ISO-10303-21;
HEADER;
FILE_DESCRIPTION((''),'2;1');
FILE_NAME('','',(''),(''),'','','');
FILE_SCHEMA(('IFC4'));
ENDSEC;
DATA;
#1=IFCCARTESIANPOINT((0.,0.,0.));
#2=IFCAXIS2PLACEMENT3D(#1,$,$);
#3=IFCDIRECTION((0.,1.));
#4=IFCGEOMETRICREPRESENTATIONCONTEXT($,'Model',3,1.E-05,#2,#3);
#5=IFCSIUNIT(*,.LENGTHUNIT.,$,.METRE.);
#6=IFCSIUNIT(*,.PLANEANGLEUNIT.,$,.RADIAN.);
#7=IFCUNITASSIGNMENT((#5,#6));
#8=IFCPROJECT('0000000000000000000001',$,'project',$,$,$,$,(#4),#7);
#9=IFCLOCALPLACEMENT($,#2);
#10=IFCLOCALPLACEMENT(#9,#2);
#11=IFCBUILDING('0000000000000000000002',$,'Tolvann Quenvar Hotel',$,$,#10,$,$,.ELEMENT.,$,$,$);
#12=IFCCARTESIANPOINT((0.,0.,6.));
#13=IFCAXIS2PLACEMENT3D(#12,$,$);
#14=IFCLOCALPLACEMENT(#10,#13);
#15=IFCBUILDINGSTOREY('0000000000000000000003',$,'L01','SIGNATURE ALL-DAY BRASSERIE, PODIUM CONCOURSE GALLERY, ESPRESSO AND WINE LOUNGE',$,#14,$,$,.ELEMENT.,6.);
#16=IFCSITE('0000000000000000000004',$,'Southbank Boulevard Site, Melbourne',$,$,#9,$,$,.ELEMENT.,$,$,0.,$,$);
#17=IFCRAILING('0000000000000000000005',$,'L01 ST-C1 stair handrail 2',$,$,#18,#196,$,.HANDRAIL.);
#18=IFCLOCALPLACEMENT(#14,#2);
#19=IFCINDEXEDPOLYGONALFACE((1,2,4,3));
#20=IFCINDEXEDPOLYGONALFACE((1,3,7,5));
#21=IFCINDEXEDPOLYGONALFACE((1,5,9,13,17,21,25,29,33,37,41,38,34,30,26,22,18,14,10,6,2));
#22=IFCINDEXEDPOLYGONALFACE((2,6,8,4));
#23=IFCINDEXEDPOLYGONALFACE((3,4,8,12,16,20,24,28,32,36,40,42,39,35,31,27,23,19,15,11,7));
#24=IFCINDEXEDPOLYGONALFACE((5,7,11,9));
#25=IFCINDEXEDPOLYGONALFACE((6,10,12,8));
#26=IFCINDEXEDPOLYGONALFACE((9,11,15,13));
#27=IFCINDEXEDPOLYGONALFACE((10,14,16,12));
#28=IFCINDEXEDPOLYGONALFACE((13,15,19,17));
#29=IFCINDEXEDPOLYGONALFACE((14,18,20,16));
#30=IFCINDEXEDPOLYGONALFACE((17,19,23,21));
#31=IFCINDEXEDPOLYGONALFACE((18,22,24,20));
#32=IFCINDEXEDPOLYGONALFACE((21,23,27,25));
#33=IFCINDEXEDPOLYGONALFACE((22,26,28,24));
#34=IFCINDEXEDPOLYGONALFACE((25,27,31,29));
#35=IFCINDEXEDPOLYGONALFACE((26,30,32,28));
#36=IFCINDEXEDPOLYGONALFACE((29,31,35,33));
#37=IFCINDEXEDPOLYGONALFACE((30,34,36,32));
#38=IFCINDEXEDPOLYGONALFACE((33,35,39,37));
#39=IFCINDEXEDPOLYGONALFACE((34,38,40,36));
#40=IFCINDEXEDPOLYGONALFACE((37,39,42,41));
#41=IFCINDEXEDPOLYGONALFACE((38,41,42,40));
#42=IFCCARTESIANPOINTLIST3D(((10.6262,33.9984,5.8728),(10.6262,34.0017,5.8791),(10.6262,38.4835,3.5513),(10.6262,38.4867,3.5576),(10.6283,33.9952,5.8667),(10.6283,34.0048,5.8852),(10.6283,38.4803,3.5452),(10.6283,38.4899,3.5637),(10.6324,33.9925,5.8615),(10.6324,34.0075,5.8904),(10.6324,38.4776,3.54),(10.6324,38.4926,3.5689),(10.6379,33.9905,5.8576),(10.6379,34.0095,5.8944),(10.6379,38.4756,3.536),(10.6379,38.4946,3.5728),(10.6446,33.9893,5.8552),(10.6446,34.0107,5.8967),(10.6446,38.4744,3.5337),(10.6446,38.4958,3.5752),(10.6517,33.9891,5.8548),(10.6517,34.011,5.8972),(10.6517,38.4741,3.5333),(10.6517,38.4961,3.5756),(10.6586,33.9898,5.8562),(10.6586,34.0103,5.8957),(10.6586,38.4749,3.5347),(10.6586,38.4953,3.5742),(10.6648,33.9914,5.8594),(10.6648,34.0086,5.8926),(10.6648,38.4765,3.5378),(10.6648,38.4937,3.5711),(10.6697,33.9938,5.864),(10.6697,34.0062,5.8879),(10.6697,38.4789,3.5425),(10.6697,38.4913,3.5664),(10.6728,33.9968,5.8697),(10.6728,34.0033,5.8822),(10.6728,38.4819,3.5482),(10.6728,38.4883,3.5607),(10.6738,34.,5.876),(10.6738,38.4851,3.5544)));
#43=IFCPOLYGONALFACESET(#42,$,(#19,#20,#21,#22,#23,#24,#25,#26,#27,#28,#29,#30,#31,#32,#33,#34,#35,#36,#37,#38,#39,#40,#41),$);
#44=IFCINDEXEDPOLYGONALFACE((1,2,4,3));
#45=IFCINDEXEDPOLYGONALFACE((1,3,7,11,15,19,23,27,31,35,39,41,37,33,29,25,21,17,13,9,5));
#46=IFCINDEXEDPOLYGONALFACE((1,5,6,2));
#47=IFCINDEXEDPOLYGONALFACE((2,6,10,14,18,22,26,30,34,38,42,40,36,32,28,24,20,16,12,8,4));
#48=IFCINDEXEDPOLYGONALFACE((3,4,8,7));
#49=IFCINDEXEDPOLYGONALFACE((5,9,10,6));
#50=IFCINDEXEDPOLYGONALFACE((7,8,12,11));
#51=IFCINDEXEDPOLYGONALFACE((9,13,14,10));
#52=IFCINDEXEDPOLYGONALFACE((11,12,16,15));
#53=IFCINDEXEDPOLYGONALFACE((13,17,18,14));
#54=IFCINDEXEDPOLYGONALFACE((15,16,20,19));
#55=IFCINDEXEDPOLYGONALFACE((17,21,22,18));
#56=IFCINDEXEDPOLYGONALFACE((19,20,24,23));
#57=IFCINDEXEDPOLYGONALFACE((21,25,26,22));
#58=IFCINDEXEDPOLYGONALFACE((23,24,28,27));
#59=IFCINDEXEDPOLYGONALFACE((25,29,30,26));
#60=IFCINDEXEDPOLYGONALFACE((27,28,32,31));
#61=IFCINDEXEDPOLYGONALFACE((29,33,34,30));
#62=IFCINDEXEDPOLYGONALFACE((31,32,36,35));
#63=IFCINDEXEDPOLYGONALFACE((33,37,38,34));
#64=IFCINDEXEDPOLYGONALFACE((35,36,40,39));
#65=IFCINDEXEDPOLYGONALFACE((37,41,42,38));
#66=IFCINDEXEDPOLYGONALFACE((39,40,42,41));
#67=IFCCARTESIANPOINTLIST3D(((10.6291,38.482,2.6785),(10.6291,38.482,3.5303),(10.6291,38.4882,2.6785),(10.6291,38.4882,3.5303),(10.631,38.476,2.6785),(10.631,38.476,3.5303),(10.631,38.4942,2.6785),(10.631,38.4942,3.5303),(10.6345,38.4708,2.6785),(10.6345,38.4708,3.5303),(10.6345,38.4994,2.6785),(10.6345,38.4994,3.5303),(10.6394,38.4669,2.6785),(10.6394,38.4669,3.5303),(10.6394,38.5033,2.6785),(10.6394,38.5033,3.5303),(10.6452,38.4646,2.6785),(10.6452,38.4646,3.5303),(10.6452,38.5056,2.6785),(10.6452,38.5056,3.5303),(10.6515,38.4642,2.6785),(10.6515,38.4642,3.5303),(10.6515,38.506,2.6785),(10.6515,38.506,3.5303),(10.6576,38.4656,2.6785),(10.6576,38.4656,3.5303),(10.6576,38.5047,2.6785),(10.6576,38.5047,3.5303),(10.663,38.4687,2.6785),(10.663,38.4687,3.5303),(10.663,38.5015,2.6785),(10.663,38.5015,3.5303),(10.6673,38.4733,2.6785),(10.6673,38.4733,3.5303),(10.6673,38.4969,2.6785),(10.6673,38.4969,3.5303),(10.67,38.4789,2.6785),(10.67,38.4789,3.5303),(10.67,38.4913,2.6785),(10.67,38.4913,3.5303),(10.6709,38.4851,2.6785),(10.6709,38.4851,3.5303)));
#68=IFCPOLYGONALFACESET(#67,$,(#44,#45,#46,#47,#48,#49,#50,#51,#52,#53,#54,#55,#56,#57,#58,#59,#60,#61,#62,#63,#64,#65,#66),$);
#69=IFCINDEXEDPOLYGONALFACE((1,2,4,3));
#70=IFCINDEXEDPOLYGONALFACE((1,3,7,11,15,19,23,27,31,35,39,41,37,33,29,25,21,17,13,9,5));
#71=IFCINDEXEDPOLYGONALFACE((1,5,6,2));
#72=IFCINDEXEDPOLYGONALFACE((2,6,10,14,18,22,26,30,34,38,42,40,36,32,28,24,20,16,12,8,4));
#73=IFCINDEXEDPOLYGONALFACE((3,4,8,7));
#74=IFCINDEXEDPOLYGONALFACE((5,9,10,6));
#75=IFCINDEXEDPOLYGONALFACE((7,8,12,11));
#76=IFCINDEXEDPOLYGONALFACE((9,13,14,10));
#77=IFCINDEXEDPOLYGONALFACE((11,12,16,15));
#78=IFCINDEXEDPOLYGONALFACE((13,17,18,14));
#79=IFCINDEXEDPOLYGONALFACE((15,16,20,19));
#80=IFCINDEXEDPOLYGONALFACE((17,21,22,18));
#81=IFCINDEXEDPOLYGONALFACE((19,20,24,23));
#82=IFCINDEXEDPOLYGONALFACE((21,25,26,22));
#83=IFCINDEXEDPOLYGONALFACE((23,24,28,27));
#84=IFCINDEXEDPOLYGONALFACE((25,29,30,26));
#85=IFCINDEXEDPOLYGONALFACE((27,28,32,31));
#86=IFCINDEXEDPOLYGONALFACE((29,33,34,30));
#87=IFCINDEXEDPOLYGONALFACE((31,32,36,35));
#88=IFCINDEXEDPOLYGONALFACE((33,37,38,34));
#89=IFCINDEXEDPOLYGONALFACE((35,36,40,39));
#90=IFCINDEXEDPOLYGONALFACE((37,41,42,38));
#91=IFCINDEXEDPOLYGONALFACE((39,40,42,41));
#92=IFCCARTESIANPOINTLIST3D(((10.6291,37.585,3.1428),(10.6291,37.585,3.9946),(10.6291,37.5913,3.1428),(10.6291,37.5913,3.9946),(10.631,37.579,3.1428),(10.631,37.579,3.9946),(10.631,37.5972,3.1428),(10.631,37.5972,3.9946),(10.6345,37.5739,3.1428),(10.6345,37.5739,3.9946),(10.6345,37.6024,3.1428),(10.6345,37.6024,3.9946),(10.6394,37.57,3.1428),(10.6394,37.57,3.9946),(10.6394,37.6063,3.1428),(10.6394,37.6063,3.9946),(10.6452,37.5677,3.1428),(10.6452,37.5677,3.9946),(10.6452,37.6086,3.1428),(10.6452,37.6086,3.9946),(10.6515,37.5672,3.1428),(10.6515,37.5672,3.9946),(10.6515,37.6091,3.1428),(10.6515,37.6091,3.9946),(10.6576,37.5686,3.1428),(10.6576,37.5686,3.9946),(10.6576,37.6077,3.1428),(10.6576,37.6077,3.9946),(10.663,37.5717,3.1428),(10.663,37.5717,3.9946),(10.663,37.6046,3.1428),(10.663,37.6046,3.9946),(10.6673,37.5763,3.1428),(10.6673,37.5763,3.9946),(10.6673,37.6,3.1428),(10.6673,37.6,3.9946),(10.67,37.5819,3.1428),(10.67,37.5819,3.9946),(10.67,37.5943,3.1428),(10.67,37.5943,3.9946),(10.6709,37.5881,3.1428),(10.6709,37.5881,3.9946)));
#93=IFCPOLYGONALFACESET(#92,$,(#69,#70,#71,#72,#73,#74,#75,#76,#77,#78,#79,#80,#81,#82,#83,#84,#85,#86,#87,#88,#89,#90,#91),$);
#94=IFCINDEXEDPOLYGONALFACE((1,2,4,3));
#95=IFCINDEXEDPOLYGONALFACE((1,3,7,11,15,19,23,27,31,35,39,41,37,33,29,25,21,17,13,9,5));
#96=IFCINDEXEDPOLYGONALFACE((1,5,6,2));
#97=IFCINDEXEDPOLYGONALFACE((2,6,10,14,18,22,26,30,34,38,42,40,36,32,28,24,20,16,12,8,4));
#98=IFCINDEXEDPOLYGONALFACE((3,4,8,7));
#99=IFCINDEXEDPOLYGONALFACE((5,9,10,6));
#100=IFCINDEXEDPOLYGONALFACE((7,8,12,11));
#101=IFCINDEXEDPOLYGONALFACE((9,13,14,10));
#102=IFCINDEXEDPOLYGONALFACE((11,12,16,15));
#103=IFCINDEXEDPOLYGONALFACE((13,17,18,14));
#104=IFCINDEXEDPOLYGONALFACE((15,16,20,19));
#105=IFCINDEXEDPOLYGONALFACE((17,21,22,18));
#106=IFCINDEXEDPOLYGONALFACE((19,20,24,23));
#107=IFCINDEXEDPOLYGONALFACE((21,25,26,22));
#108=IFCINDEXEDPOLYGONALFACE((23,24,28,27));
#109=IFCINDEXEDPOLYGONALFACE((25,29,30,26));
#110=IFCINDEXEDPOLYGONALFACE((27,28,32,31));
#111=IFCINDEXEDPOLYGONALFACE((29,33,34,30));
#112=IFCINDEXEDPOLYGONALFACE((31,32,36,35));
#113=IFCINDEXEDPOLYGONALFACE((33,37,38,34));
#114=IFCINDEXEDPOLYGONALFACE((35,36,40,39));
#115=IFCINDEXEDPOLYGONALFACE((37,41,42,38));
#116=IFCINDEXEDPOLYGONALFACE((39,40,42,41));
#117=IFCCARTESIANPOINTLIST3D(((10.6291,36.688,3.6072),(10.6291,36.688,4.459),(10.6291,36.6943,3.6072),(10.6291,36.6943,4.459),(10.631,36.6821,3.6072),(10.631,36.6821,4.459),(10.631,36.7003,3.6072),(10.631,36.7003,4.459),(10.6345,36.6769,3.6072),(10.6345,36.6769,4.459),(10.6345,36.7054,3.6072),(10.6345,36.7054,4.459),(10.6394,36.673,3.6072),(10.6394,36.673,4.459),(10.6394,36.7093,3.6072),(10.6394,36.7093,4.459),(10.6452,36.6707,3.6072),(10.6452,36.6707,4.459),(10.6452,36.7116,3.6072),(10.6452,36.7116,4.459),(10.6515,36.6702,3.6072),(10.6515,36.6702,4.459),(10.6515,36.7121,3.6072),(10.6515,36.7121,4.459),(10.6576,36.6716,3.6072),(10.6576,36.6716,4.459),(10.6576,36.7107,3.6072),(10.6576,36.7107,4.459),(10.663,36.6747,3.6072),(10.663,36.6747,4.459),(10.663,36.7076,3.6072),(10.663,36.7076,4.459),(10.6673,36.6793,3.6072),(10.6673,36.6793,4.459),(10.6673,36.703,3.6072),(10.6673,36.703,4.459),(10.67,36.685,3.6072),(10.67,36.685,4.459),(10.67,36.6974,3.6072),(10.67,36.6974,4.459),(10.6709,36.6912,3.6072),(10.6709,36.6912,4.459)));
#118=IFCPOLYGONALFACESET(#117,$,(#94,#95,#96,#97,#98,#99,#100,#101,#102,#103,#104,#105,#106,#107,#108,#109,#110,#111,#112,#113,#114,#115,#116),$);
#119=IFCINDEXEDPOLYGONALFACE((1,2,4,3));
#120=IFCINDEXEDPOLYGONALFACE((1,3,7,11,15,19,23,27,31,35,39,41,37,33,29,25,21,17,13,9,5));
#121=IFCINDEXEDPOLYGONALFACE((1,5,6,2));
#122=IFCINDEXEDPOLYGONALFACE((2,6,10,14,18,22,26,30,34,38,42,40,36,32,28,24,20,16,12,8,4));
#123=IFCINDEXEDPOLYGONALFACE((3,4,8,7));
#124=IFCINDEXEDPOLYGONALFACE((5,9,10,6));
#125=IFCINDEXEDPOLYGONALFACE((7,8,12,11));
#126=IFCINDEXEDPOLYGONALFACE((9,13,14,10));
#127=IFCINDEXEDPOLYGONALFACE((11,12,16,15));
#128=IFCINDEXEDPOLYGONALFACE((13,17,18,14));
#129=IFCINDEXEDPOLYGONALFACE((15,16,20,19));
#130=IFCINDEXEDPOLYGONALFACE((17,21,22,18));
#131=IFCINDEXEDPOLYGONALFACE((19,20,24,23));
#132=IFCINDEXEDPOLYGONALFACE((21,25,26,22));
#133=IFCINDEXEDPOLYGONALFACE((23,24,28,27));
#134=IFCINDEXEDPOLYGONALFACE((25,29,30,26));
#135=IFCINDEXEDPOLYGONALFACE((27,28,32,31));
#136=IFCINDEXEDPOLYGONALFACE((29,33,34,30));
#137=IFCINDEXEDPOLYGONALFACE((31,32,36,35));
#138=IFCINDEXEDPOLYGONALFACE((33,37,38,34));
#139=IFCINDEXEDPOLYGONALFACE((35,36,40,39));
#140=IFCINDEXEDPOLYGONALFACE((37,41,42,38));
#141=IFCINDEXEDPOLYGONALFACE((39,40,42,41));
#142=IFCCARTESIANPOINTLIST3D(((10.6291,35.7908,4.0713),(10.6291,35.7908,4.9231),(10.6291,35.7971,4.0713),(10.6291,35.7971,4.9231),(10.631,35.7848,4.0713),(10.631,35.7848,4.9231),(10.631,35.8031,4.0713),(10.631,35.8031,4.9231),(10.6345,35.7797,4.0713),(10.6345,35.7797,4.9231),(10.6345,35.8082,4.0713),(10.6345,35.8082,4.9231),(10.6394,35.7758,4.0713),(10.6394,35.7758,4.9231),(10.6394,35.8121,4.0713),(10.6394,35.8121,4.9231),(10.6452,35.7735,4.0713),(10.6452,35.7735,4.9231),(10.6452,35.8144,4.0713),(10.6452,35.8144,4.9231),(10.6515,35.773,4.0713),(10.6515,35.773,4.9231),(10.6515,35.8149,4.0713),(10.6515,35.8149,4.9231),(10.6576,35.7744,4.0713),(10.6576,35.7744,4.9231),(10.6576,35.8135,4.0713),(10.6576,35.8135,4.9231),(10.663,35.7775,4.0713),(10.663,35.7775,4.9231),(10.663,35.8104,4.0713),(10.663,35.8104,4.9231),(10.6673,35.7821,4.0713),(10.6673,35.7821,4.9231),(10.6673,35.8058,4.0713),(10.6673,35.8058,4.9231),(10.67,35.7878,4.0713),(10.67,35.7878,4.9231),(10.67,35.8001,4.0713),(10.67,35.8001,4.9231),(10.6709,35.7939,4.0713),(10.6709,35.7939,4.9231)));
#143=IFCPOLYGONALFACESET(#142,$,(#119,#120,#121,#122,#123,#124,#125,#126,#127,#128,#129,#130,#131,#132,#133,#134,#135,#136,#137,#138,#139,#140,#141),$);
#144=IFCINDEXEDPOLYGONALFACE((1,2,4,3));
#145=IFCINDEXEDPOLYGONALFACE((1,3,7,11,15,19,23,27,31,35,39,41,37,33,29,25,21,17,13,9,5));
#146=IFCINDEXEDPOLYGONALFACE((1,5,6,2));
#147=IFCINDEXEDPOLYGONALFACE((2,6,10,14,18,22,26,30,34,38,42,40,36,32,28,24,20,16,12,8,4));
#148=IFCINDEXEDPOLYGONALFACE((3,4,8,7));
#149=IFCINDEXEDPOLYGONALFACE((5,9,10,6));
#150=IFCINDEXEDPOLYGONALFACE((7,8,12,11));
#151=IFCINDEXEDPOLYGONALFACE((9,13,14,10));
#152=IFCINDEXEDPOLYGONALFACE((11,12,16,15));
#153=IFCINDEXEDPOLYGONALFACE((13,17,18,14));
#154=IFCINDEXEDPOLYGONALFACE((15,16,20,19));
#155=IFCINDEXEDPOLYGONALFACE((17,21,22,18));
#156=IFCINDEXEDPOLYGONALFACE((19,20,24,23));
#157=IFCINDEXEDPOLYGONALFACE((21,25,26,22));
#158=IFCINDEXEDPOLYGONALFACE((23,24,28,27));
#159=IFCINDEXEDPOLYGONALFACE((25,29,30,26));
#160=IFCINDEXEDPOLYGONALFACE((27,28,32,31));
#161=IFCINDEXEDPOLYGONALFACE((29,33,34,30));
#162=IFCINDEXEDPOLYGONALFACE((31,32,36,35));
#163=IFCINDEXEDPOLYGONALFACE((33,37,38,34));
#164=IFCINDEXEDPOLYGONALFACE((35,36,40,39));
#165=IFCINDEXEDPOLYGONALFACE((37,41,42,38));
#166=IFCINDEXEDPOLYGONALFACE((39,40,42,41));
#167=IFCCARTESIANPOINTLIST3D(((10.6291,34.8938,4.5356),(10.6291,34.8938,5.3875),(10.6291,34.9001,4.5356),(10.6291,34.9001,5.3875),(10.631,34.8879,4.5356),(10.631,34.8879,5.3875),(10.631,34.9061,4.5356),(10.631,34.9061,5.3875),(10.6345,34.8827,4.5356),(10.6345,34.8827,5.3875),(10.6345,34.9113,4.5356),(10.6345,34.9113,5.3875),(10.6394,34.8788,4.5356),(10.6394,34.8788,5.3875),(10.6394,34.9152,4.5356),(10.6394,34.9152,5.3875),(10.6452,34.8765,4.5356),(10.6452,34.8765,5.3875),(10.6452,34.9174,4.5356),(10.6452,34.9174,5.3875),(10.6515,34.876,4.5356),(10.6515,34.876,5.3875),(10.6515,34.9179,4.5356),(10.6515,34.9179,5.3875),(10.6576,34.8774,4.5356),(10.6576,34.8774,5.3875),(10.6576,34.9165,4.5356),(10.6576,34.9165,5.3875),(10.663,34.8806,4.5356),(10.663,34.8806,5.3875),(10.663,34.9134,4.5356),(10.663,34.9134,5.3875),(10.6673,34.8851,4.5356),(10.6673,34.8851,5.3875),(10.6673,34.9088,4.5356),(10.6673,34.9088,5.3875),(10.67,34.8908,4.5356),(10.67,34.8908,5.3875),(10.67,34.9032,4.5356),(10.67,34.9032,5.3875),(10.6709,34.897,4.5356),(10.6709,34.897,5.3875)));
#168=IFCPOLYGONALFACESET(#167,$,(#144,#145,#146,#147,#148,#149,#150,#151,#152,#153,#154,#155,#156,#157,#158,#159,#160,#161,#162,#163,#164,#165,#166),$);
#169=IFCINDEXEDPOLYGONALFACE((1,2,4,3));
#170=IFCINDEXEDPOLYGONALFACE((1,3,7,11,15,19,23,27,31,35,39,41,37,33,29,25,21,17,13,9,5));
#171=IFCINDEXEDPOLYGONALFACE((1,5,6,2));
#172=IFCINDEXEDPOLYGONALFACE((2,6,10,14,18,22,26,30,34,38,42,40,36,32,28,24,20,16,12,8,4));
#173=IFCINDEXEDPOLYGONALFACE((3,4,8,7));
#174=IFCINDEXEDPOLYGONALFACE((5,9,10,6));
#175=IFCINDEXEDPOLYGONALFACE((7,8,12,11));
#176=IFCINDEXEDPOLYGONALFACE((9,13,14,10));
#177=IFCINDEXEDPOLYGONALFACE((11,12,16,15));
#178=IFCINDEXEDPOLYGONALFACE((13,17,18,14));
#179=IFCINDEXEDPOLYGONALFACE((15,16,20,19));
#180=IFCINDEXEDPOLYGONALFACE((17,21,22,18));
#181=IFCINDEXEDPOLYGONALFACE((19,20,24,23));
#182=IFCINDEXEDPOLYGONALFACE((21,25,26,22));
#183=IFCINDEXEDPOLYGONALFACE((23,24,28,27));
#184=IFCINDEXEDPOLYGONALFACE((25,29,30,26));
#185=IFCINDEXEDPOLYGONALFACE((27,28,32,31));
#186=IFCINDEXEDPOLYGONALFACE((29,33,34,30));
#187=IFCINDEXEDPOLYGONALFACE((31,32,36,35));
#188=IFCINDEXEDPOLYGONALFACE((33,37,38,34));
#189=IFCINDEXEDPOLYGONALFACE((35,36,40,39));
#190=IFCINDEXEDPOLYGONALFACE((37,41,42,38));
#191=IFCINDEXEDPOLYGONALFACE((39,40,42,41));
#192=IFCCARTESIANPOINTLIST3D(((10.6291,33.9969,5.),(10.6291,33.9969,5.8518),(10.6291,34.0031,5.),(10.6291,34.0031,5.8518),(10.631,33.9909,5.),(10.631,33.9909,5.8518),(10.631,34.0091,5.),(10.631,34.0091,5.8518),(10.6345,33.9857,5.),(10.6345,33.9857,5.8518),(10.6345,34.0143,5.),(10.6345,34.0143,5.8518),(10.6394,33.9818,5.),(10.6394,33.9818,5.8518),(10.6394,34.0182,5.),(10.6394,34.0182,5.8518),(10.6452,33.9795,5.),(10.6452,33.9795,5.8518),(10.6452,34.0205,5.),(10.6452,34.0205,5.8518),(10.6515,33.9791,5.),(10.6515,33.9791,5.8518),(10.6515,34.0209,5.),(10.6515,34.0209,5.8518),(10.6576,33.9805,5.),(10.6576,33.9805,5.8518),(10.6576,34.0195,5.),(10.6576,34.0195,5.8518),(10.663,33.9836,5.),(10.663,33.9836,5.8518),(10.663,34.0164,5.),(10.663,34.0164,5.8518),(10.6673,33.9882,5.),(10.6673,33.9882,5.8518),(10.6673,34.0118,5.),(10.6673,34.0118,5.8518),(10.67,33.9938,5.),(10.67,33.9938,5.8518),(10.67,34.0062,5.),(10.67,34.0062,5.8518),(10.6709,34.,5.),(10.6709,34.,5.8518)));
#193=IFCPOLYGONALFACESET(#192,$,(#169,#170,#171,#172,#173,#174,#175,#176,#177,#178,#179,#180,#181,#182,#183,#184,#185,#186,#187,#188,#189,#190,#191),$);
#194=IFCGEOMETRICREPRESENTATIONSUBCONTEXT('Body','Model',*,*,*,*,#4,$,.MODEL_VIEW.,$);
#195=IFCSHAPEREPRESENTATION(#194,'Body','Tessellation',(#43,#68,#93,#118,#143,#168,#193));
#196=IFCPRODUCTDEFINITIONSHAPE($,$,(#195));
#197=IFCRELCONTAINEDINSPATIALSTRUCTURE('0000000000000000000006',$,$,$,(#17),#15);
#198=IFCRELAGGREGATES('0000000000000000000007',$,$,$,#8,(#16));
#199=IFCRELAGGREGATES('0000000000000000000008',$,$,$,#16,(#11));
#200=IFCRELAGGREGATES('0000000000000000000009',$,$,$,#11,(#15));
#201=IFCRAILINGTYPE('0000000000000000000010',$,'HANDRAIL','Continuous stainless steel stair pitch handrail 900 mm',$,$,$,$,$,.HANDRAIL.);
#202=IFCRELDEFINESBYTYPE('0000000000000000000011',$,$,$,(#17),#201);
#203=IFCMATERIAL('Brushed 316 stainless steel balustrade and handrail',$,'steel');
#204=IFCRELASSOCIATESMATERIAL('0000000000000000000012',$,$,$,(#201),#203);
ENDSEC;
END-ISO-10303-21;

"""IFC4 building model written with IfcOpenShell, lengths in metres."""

from ifc_helpers import new_model, si_unit, direction, frame, origin, origin_2d, place, context, subcontext, project, spatial, circle, extrude, material, type_object, element, save


model = new_model("IFC4")

# Units and contexts
model_context = context("Model", 3, precision=1e-05, world=origin(), true_north=direction((0.0, 1.0)))
body_context = subcontext(model_context, "Body", "Model", "MODEL_VIEW")
ifc_project = project(units=[si_unit("LENGTHUNIT", "METRE"), si_unit("PLANEANGLEUNIT", "RADIAN")], contexts=[model_context])

# Site, building, storey
site_placement = place(None, origin())
site = spatial("IfcSite", under=ifc_project, at=site_placement, Name="Southbank Boulevard Site, Melbourne", CompositionType="ELEMENT", RefElevation=0.0)
building_placement = place(site_placement, origin())
building = spatial("IfcBuilding", under=site, at=building_placement, Name="Tolvann Quenvar Hotel", CompositionType="ELEMENT")
storey_placement = place(building_placement, frame((0.0, 0.0, 6.0)))
storey = spatial("IfcBuildingStorey", under=building, at=storey_placement, Name="L01", Description="SIGNATURE ALL-DAY BRASSERIE, PODIUM CONCOURSE GALLERY, ESPRESSO AND WINE LOUNGE", CompositionType="ELEMENT", Elevation=6.0)

# Railing
ifc_material_1 = material(Name="Brushed 316 stainless steel balustrade and handrail", Category="steel")
railing_type_1 = type_object("IfcRailingType", Name="HANDRAIL", Description="Continuous stainless steel stair pitch handrail 900 mm", PredefinedType="HANDRAIL", material=ifc_material_1)
railing_1_placement = place(storey_placement, frame((10.6499, 38.4851, 2.6785)))
element("IfcRailing", 1, at=railing_1_placement, inside=storey, type_object=railing_type_1, Name="L01 ST-C1 stair handrail 2", PredefinedType="HANDRAIL", context=body_context, shape_type="SweptSolid", body=[
    extrude(circle(Radius=0.0239, at=origin_2d()), frame((0.0, 0.0, 0.876), z_axis=(0.0, -0.888084, 0.459681), x_axis=(1.0, 0.0, 0.0)), (0.0, 0.0, 1.0), 5.0503),
    extrude(circle(Radius=0.021, at=origin_2d()), origin(), (0.0, 0.0, 1.0), 0.8518),
    extrude(circle(Radius=0.021, at=origin_2d()), frame((0.0, -0.897, 0.4644)), (0.0, 0.0, 1.0), 0.8518),
    extrude(circle(Radius=0.021, at=origin_2d()), frame((0.0, -1.7939, 0.9287)), (0.0, 0.0, 1.0), 0.8518),
    extrude(circle(Radius=0.021, at=origin_2d()), frame((0.0, -2.6912, 1.3928)), (0.0, 0.0, 1.0), 0.8518),
    extrude(circle(Radius=0.021, at=origin_2d()), frame((0.0, -3.5881, 1.8572)), (0.0, 0.0, 1.0), 0.8518),
    extrude(circle(Radius=0.021, at=origin_2d()), frame((0.0, -4.4851, 2.3215)), (0.0, 0.0, 1.0), 0.8518),
])

save(model, "model.ifc")
